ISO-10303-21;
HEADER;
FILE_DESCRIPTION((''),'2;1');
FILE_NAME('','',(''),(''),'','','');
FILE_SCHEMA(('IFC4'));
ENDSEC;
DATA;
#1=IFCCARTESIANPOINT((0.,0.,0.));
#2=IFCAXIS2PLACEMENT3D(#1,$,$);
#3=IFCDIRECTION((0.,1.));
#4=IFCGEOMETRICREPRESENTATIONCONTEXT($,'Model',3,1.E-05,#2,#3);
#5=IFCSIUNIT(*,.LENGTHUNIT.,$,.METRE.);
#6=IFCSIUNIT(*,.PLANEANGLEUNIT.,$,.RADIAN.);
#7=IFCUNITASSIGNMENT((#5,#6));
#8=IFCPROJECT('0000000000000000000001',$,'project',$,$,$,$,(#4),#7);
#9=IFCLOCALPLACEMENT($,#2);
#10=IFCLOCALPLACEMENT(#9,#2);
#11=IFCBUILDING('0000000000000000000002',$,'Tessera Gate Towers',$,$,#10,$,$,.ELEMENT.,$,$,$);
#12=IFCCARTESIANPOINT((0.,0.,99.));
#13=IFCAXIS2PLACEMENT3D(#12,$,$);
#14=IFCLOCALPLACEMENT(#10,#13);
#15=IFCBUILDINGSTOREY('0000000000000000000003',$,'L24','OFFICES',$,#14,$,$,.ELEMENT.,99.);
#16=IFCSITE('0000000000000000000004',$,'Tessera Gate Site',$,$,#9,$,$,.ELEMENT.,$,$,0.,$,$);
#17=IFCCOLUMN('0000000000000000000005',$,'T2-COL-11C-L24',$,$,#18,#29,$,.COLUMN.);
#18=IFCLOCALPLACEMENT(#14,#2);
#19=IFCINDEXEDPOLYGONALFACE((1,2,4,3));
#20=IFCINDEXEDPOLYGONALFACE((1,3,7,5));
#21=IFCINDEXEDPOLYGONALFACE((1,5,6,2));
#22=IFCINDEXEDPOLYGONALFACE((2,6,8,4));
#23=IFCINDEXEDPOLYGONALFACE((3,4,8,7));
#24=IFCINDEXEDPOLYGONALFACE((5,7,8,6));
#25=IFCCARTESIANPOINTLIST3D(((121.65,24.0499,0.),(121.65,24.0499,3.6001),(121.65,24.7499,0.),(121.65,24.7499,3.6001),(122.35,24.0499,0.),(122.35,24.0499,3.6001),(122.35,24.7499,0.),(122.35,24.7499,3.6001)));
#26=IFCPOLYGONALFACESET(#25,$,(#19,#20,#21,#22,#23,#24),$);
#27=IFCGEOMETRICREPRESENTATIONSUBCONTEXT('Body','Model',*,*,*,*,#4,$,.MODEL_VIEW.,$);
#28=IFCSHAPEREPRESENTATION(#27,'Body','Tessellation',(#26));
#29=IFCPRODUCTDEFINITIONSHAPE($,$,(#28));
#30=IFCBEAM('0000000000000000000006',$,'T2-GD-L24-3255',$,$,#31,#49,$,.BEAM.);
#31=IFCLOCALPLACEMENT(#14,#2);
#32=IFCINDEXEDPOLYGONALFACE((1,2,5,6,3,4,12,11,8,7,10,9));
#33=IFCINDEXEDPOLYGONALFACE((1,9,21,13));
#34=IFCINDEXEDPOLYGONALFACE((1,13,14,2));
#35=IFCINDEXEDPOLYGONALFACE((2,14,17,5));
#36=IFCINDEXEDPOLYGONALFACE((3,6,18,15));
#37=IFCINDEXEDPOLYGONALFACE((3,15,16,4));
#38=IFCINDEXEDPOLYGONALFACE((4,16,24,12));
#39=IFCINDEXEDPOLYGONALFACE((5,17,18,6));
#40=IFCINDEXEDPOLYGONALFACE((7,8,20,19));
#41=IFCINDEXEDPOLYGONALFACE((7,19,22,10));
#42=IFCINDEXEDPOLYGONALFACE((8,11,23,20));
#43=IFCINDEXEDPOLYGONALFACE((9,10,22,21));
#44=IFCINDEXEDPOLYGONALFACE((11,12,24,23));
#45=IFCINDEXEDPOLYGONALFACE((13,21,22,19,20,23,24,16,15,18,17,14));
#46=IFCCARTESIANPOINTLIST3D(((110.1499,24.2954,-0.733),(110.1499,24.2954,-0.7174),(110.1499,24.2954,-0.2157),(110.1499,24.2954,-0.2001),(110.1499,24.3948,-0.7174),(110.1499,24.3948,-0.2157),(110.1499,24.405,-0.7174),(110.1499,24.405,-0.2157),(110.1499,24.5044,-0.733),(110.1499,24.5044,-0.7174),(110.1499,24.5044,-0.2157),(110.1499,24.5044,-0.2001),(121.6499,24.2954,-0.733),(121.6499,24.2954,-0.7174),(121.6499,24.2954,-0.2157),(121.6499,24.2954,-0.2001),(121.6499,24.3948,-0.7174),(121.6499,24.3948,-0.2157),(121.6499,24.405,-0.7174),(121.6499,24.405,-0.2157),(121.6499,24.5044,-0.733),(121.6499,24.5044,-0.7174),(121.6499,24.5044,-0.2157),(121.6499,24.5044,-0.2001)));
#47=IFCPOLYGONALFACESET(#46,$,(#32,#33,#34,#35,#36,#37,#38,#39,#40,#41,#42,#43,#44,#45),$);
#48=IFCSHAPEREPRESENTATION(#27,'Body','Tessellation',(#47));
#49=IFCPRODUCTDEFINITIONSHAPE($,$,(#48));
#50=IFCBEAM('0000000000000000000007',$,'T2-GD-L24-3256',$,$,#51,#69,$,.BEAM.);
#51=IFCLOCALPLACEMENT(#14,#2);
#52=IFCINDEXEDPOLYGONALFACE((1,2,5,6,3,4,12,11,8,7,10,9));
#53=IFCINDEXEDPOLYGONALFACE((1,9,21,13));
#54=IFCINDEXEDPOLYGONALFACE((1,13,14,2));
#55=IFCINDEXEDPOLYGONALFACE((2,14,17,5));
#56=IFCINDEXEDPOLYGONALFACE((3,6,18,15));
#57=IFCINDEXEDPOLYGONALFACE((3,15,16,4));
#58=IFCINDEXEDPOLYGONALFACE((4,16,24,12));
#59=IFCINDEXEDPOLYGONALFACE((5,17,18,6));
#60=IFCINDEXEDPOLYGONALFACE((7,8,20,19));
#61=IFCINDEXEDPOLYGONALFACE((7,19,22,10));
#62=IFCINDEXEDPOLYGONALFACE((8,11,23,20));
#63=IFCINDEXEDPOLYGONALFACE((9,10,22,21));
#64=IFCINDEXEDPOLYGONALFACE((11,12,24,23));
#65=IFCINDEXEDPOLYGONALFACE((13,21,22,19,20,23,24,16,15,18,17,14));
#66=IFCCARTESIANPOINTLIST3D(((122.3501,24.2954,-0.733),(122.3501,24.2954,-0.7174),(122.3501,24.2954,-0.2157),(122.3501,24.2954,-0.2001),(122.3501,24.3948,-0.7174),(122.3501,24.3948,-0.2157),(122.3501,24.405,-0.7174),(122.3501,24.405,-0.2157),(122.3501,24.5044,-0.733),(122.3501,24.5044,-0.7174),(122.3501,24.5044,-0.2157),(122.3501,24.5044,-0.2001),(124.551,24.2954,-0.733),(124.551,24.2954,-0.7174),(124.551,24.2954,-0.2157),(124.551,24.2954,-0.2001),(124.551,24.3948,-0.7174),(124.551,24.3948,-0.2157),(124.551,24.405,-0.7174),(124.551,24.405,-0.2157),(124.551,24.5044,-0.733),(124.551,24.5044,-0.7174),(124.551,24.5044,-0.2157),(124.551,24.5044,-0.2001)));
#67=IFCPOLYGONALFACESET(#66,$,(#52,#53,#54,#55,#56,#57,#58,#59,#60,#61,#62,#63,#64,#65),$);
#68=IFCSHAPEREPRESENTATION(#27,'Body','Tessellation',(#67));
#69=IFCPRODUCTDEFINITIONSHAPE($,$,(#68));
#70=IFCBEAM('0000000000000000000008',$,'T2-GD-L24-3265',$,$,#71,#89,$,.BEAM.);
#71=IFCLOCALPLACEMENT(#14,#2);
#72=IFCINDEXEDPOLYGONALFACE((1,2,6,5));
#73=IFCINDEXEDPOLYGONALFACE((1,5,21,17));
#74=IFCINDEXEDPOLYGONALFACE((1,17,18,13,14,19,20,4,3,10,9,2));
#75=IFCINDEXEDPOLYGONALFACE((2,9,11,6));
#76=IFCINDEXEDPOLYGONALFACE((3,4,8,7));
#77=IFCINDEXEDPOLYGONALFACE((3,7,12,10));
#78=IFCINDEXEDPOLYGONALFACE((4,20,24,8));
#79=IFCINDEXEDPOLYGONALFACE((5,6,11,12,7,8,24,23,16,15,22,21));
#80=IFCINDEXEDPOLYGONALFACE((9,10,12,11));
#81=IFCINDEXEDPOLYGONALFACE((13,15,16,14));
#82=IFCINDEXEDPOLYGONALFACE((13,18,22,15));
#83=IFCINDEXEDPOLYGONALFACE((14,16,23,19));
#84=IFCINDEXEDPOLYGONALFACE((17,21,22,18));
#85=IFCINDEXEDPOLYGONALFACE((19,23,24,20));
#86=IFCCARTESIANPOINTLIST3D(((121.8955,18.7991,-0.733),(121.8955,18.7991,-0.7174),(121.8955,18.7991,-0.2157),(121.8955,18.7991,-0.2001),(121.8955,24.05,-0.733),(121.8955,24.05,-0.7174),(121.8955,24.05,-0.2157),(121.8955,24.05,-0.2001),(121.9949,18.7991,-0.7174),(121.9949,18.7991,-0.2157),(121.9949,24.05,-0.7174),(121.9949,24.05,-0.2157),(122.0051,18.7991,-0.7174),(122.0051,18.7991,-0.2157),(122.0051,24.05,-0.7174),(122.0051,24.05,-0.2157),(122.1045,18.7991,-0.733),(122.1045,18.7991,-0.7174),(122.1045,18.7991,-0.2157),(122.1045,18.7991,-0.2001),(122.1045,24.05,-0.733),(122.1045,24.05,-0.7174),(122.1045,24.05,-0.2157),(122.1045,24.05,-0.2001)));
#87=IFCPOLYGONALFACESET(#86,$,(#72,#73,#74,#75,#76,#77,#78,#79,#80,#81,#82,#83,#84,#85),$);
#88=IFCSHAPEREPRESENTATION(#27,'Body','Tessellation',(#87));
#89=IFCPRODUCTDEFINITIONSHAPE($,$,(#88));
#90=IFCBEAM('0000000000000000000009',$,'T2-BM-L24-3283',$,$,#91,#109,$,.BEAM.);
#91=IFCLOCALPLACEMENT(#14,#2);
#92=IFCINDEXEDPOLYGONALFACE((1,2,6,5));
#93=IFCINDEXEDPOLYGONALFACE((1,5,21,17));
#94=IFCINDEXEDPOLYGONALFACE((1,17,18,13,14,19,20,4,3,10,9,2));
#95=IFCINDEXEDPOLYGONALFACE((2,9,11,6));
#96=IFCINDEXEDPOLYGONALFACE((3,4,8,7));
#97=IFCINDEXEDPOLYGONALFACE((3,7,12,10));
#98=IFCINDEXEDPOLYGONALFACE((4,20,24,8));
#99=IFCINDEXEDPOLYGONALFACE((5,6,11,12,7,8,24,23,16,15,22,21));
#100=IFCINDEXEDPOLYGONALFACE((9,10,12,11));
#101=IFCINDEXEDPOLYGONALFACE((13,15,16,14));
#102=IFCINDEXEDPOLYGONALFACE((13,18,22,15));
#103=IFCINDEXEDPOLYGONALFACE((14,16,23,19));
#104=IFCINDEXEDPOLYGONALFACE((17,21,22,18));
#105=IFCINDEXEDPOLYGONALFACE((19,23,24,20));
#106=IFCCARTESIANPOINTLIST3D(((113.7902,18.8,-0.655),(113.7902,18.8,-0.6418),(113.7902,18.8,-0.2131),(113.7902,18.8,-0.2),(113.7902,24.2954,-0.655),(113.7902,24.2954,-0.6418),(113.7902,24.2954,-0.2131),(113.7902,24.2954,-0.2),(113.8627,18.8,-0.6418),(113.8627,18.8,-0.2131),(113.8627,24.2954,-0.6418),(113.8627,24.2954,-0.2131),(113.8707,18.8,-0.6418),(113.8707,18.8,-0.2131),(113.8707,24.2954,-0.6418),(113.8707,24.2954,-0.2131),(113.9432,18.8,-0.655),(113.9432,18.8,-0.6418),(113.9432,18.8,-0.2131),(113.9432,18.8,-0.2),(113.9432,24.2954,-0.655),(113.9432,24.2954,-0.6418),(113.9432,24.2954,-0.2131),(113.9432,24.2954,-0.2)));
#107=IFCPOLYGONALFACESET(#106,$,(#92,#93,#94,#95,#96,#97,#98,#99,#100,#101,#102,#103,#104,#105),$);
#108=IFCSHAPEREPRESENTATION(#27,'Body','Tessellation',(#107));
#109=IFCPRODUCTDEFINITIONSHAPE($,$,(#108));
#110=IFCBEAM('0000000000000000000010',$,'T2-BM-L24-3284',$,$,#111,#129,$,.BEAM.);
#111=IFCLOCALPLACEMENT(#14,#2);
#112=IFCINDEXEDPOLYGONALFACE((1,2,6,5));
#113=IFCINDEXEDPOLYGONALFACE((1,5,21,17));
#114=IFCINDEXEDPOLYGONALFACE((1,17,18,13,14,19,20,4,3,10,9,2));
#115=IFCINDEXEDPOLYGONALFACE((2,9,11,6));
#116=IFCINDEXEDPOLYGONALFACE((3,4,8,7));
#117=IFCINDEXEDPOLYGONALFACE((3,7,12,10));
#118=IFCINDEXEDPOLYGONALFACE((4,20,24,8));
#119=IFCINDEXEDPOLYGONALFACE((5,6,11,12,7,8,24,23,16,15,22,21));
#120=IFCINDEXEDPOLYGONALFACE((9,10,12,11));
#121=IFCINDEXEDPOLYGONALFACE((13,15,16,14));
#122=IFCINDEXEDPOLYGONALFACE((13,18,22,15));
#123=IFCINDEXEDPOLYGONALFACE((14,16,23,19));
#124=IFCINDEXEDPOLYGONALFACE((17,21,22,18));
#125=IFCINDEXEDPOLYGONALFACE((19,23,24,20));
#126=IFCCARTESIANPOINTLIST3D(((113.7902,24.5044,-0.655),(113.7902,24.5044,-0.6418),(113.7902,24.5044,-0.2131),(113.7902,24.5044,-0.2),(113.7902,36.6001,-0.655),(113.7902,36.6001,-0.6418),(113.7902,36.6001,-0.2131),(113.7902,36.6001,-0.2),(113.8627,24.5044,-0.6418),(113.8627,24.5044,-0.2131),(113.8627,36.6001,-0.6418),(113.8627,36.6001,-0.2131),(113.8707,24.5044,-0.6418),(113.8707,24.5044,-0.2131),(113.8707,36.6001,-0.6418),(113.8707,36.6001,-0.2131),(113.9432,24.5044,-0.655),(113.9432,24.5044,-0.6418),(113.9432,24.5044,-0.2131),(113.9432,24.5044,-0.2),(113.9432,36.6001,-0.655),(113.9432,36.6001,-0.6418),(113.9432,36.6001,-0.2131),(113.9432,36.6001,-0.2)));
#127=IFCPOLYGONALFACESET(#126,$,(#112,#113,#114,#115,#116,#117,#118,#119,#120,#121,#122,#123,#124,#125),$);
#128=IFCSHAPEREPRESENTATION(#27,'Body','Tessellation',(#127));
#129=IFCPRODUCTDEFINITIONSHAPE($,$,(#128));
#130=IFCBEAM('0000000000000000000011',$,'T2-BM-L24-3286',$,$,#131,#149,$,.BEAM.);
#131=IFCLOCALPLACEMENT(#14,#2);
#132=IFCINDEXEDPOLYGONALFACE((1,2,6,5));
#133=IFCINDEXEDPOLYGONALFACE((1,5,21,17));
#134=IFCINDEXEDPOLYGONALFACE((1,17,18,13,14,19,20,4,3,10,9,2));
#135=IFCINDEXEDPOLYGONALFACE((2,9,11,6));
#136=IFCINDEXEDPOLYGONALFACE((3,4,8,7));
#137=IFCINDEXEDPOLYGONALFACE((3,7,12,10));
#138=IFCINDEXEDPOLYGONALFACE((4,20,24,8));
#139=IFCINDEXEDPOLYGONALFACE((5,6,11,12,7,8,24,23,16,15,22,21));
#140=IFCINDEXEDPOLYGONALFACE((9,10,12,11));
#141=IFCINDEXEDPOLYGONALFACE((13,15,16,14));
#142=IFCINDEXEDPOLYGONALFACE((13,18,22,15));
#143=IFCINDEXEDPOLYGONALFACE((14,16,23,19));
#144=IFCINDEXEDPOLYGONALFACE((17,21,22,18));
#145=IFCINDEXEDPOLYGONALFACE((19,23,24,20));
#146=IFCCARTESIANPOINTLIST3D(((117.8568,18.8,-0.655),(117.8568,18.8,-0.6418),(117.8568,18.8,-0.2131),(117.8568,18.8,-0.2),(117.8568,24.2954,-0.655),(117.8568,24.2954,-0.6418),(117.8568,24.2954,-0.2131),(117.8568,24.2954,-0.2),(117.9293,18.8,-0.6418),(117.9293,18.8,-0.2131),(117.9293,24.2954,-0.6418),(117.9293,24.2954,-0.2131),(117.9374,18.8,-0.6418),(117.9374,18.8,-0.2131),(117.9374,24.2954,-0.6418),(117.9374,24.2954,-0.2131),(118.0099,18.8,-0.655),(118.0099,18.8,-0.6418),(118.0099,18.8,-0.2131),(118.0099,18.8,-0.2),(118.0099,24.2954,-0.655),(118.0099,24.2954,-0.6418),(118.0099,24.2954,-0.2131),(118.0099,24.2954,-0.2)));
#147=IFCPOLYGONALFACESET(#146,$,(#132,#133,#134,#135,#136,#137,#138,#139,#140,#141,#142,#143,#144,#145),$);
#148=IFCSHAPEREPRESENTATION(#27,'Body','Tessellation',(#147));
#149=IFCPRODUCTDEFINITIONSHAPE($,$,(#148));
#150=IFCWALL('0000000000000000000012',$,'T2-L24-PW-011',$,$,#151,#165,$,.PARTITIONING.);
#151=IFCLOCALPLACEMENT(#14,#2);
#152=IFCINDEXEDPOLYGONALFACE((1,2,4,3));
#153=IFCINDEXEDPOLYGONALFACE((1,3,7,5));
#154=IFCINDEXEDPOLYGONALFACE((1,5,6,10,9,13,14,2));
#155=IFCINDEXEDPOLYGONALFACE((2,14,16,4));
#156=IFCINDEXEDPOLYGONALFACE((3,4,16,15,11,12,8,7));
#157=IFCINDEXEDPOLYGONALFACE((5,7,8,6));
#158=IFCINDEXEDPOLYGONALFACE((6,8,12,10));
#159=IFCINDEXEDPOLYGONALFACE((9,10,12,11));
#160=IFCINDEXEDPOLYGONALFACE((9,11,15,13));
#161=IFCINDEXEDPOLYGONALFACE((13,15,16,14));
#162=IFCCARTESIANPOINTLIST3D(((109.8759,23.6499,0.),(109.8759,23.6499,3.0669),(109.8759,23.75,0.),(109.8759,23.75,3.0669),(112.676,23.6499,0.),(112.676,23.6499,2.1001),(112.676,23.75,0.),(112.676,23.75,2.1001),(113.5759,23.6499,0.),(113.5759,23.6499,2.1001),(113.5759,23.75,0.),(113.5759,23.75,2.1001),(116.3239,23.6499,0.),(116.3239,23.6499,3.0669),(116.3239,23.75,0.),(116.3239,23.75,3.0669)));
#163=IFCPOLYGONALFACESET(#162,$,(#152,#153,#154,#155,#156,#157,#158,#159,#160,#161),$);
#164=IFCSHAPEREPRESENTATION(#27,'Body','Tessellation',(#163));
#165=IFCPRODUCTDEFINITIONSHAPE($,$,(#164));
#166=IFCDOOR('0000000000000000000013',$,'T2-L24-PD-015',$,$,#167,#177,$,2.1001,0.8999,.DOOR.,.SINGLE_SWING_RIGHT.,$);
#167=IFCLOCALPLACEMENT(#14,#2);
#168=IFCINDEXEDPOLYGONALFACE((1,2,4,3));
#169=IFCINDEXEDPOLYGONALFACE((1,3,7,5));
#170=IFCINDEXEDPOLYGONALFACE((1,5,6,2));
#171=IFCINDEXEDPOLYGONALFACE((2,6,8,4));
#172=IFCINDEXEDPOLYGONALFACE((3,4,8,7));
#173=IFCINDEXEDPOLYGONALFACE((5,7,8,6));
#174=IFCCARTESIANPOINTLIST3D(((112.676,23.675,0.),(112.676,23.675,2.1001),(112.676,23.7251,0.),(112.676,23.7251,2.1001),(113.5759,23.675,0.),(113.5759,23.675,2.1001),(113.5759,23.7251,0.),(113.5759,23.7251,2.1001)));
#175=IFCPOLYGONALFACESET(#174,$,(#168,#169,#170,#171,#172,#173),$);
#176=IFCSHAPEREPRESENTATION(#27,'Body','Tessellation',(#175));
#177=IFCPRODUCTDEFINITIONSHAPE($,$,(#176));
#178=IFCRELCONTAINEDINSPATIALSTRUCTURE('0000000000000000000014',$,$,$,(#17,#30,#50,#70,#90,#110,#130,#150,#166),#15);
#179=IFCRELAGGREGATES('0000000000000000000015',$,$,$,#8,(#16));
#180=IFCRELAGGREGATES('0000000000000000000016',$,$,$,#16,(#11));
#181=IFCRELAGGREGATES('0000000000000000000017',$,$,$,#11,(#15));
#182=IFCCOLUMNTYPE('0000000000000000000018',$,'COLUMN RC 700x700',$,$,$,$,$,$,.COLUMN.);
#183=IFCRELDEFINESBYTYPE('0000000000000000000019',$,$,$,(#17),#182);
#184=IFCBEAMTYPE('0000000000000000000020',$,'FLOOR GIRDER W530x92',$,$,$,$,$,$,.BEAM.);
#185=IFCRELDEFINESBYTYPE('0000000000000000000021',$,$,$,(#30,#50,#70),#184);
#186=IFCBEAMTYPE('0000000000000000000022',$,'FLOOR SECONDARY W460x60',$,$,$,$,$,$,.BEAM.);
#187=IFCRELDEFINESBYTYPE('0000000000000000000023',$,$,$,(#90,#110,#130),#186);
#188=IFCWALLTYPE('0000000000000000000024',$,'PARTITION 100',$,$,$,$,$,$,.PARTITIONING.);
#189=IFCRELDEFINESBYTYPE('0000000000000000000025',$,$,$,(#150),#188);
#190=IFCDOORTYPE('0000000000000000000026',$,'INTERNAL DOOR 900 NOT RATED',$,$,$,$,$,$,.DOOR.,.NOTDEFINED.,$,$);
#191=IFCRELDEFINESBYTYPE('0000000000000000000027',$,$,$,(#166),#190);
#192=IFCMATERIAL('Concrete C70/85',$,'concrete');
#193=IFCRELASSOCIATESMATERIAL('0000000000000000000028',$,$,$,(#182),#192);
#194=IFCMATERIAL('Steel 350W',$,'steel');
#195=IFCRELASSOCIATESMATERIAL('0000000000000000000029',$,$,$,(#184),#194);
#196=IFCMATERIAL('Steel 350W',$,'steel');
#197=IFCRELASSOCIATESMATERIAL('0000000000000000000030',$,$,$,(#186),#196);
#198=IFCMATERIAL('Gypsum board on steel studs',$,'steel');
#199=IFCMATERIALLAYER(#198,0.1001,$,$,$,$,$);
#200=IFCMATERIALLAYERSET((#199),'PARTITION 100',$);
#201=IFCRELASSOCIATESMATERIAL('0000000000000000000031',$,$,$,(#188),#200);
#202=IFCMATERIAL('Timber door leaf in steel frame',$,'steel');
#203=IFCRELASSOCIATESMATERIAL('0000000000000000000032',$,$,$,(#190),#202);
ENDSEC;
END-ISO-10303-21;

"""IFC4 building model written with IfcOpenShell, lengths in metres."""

from ifc_helpers import new_model, si_unit, direction, frame, frame_2d, origin, origin_2d, place, context, subcontext, project, spatial, rectangle, i_section, extrude, source, transform, mapped, material, layer, layer_set, material_profile, profile_set, type_object, element, fill, save


model = new_model("IFC4")

# Units and contexts
model_context = context("Model", 3, precision=1e-05, world=origin(), true_north=direction((0.0, 1.0)))
body_context = subcontext(model_context, "Body", "Model", "MODEL_VIEW")
ifc_project = project(units=[si_unit("LENGTHUNIT", "METRE"), si_unit("PLANEANGLEUNIT", "RADIAN")], contexts=[model_context])

# Site, building, storey
site_placement = place(None, origin())
site = spatial("IfcSite", under=ifc_project, at=site_placement, Name="Tessera Gate Site", CompositionType="ELEMENT", RefElevation=0.0)
building_placement = place(site_placement, origin())
building = spatial("IfcBuilding", under=site, at=building_placement, Name="Tessera Gate Towers", CompositionType="ELEMENT")
storey_placement = place(building_placement, frame((0.0, 0.0, 99.0)))
storey = spatial("IfcBuildingStorey", under=building, at=storey_placement, Name="L24", Description="OFFICES", CompositionType="ELEMENT", Elevation=99.0)

# Column
ifc_material_1 = material(Name="Concrete C70/85", Category="concrete")
ifc_material_profile_1 = material_profile(ifc_material_1, rectangle(XDim=0.7, YDim=0.7, at=origin_2d()), Name="RC 700x700")
ifc_profile_set_1 = profile_set([ifc_material_profile_1], Name="Concrete C70/85")
column_type = type_object("IfcColumnType", Name="COLUMN RC 700x700", PredefinedType="COLUMN", material=ifc_profile_set_1)
column_placement = place(storey_placement, frame((122.0, 24.3999, 0.0), z_axis=(0.0, 0.0, 1.0), x_axis=(1.0, 0.0, 0.0)))
element("IfcColumn", 1, at=column_placement, inside=storey, type_object=column_type, Name="T2-COL-11C-L24", PredefinedType="COLUMN", context=body_context, shape_type="SweptSolid", body=[
    extrude(rectangle(XDim=0.7, YDim=0.7, at=origin_2d()), origin(), (0.0, 0.0, 1.0), 3.6001),
])

# Beams
ifc_material_2 = material(Name="Steel 350W", Category="steel")
ifc_material_profile_2 = material_profile(ifc_material_2, i_section(OverallWidth=0.209, OverallDepth=0.533, WebThickness=0.0103, FlangeThickness=0.0156, at=origin_2d()), Name="W530x92")
ifc_profile_set_2 = profile_set([ifc_material_profile_2], Name="Steel 350W")
beam_type_1 = type_object("IfcBeamType", Name="FLOOR GIRDER W530x92", PredefinedType="BEAM", material=ifc_profile_set_2)
beam_1_placement = place(storey_placement, frame((110.1499, 24.3999, -0.4666), z_axis=(1.0, 0.0, 0.0), x_axis=(0.0, 1.0, 0.0)))
element("IfcBeam", 2, at=beam_1_placement, inside=storey, type_object=beam_type_1, Name="T2-GD-L24-3255", PredefinedType="BEAM", context=body_context, shape_type="SweptSolid", body=[
    extrude(i_section(OverallWidth=0.209, OverallDepth=0.533, WebThickness=0.0103, FlangeThickness=0.0156, at=origin_2d()), origin(), (0.0, 0.0, 1.0), 11.5),
])
beam_2_placement = place(storey_placement, frame((122.3501, 24.3999, -0.4666), z_axis=(1.0, 0.0, 0.0), x_axis=(0.0, 1.0, 0.0)))
element("IfcBeam", 3, at=beam_2_placement, inside=storey, type_object=beam_type_1, Name="T2-GD-L24-3256", PredefinedType="BEAM", context=body_context, shape_type="SweptSolid", body=[
    extrude(i_section(OverallWidth=0.209, OverallDepth=0.533, WebThickness=0.0103, FlangeThickness=0.0156, at=origin_2d()), origin(), (0.0, 0.0, 1.0), 2.2009),
])
beam_3_placement = place(storey_placement, frame((122.0, 18.7991, -0.4666), z_axis=(0.0, 1.0, 0.0), x_axis=(-1.0, 0.0, 0.0)))
element("IfcBeam", 4, at=beam_3_placement, inside=storey, type_object=beam_type_1, Name="T2-GD-L24-3265", PredefinedType="BEAM", context=body_context, shape_type="SweptSolid", body=[
    extrude(i_section(OverallWidth=0.209, OverallDepth=0.533, WebThickness=0.0103, FlangeThickness=0.0156, at=origin_2d()), origin(), (0.0, 0.0, 1.0), 5.251),
])
ifc_material_3 = material(Name="Steel 350W", Category="steel")
ifc_material_profile_3 = material_profile(ifc_material_3, i_section(OverallWidth=0.1531, OverallDepth=0.4551, WebThickness=0.0081, FlangeThickness=0.0132, at=origin_2d()), Name="W460x60")
ifc_profile_set_3 = profile_set([ifc_material_profile_3], Name="Steel 350W")
beam_type_2 = type_object("IfcBeamType", Name="FLOOR SECONDARY W460x60", PredefinedType="BEAM", material=ifc_profile_set_3)
beam_4_placement = place(storey_placement, frame((113.8667, 18.8, -0.4275), z_axis=(0.0, 1.0, 0.0), x_axis=(-1.0, 0.0, 0.0)))
element("IfcBeam", 5, at=beam_4_placement, inside=storey, type_object=beam_type_2, Name="T2-BM-L24-3283", PredefinedType="BEAM", context=body_context, shape_type="SweptSolid", body=[
    extrude(i_section(OverallWidth=0.1531, OverallDepth=0.4551, WebThickness=0.0081, FlangeThickness=0.0132, at=origin_2d()), origin(), (0.0, 0.0, 1.0), 5.4954),
])
beam_5_placement = place(storey_placement, frame((113.8667, 24.5044, -0.4275), z_axis=(0.0, 1.0, 0.0), x_axis=(-1.0, 0.0, 0.0)))
element("IfcBeam", 6, at=beam_5_placement, inside=storey, type_object=beam_type_2, Name="T2-BM-L24-3284", PredefinedType="BEAM", context=body_context, shape_type="SweptSolid", body=[
    extrude(i_section(OverallWidth=0.1531, OverallDepth=0.4551, WebThickness=0.0081, FlangeThickness=0.0132, at=origin_2d()), origin(), (0.0, 0.0, 1.0), 12.0957),
])
beam_6_placement = place(storey_placement, frame((117.9333, 18.8, -0.4275), z_axis=(0.0, 1.0, 0.0), x_axis=(-1.0, 0.0, 0.0)))
element("IfcBeam", 7, at=beam_6_placement, inside=storey, type_object=beam_type_2, Name="T2-BM-L24-3286", PredefinedType="BEAM", context=body_context, shape_type="SweptSolid", body=[
    extrude(i_section(OverallWidth=0.1531, OverallDepth=0.4551, WebThickness=0.0081, FlangeThickness=0.0132, at=origin_2d()), origin(), (0.0, 0.0, 1.0), 5.4954),
])

# Wall, opening, door
ifc_material_4 = material(Name="Gypsum board on steel studs", Category="steel")
ifc_layer_1 = layer(ifc_material_4, 0.1001)
ifc_layer_set_1 = layer_set([ifc_layer_1], Name="PARTITION 100")
wall_type_1 = type_object("IfcWallType", Name="PARTITION 100", PredefinedType="PARTITIONING", material=ifc_layer_set_1)
wall_1_placement = place(storey_placement, frame((116.324, 23.7, 0.0), z_axis=(0.0, 0.0, 1.0), x_axis=(-1.0, 0.0, 0.0)))
wall_1 = element("IfcWall", 8, at=wall_1_placement, inside=storey, type_object=wall_type_1, Name="T2-L24-PW-011", PredefinedType="PARTITIONING", context=body_context, shape_type="SweptSolid", body=[
    extrude(rectangle(XDim=6.448, YDim=0.1001, at=frame_2d((3.2241, 0.0))), origin(), (0.0, 0.0, 1.0), 3.0669),
])
shared_shape_1 = source(origin(), body_context, "Body", "SweptSolid", [
    extrude(rectangle(XDim=0.8999, YDim=2.1001, at=frame_2d((0.45, 1.05))), frame((0.0, 0.0601, 0.0), z_axis=(0.0, -1.0, 0.0), x_axis=(1.0, 0.0, 0.0)), (0.0, 0.0, 1.0), 0.1201),
])
opening_1_placement = place(wall_1_placement, frame((2.748, 0.0, 0.0)))
opening_1 = element("IfcOpeningElement", 9, at=opening_1_placement, cuts=wall_1, PredefinedType="OPENING", context=body_context, shape_type="MappedRepresentation", body=[
    mapped(shared_shape_1, transform((0.0, 0.0, 0.0), scale=1.0)),
])
ifc_material_5 = material(Name="Timber door leaf in steel frame", Category="steel")
door_type = type_object("IfcDoorType", Name="INTERNAL DOOR 900 NOT RATED", OperationType="NOTDEFINED", PredefinedType="DOOR", material=ifc_material_5)
shared_shape_2 = source(origin(), body_context, "Body", "SweptSolid", [
    extrude(rectangle(XDim=0.8999, YDim=2.1001, at=frame_2d((0.45, 1.05))), frame((0.0, 0.0249, 0.0), z_axis=(0.0, -1.0, 0.0), x_axis=(1.0, 0.0, 0.0)), (0.0, 0.0, 1.0), 0.05),
])
door_1_placement = place(opening_1_placement, origin())
door_1 = element("IfcDoor", 10, at=door_1_placement, inside=storey, type_object=door_type, Name="T2-L24-PD-015", OperationType="SINGLE_SWING_RIGHT", OverallHeight=2.1001, OverallWidth=0.8999, PredefinedType="DOOR", context=body_context, shape_type="MappedRepresentation", body=[
    mapped(shared_shape_2, transform((0.0, 0.0, 0.0), scale=1.0)),
])
fill(opening_1, door_1)

save(model, "model.ifc")
